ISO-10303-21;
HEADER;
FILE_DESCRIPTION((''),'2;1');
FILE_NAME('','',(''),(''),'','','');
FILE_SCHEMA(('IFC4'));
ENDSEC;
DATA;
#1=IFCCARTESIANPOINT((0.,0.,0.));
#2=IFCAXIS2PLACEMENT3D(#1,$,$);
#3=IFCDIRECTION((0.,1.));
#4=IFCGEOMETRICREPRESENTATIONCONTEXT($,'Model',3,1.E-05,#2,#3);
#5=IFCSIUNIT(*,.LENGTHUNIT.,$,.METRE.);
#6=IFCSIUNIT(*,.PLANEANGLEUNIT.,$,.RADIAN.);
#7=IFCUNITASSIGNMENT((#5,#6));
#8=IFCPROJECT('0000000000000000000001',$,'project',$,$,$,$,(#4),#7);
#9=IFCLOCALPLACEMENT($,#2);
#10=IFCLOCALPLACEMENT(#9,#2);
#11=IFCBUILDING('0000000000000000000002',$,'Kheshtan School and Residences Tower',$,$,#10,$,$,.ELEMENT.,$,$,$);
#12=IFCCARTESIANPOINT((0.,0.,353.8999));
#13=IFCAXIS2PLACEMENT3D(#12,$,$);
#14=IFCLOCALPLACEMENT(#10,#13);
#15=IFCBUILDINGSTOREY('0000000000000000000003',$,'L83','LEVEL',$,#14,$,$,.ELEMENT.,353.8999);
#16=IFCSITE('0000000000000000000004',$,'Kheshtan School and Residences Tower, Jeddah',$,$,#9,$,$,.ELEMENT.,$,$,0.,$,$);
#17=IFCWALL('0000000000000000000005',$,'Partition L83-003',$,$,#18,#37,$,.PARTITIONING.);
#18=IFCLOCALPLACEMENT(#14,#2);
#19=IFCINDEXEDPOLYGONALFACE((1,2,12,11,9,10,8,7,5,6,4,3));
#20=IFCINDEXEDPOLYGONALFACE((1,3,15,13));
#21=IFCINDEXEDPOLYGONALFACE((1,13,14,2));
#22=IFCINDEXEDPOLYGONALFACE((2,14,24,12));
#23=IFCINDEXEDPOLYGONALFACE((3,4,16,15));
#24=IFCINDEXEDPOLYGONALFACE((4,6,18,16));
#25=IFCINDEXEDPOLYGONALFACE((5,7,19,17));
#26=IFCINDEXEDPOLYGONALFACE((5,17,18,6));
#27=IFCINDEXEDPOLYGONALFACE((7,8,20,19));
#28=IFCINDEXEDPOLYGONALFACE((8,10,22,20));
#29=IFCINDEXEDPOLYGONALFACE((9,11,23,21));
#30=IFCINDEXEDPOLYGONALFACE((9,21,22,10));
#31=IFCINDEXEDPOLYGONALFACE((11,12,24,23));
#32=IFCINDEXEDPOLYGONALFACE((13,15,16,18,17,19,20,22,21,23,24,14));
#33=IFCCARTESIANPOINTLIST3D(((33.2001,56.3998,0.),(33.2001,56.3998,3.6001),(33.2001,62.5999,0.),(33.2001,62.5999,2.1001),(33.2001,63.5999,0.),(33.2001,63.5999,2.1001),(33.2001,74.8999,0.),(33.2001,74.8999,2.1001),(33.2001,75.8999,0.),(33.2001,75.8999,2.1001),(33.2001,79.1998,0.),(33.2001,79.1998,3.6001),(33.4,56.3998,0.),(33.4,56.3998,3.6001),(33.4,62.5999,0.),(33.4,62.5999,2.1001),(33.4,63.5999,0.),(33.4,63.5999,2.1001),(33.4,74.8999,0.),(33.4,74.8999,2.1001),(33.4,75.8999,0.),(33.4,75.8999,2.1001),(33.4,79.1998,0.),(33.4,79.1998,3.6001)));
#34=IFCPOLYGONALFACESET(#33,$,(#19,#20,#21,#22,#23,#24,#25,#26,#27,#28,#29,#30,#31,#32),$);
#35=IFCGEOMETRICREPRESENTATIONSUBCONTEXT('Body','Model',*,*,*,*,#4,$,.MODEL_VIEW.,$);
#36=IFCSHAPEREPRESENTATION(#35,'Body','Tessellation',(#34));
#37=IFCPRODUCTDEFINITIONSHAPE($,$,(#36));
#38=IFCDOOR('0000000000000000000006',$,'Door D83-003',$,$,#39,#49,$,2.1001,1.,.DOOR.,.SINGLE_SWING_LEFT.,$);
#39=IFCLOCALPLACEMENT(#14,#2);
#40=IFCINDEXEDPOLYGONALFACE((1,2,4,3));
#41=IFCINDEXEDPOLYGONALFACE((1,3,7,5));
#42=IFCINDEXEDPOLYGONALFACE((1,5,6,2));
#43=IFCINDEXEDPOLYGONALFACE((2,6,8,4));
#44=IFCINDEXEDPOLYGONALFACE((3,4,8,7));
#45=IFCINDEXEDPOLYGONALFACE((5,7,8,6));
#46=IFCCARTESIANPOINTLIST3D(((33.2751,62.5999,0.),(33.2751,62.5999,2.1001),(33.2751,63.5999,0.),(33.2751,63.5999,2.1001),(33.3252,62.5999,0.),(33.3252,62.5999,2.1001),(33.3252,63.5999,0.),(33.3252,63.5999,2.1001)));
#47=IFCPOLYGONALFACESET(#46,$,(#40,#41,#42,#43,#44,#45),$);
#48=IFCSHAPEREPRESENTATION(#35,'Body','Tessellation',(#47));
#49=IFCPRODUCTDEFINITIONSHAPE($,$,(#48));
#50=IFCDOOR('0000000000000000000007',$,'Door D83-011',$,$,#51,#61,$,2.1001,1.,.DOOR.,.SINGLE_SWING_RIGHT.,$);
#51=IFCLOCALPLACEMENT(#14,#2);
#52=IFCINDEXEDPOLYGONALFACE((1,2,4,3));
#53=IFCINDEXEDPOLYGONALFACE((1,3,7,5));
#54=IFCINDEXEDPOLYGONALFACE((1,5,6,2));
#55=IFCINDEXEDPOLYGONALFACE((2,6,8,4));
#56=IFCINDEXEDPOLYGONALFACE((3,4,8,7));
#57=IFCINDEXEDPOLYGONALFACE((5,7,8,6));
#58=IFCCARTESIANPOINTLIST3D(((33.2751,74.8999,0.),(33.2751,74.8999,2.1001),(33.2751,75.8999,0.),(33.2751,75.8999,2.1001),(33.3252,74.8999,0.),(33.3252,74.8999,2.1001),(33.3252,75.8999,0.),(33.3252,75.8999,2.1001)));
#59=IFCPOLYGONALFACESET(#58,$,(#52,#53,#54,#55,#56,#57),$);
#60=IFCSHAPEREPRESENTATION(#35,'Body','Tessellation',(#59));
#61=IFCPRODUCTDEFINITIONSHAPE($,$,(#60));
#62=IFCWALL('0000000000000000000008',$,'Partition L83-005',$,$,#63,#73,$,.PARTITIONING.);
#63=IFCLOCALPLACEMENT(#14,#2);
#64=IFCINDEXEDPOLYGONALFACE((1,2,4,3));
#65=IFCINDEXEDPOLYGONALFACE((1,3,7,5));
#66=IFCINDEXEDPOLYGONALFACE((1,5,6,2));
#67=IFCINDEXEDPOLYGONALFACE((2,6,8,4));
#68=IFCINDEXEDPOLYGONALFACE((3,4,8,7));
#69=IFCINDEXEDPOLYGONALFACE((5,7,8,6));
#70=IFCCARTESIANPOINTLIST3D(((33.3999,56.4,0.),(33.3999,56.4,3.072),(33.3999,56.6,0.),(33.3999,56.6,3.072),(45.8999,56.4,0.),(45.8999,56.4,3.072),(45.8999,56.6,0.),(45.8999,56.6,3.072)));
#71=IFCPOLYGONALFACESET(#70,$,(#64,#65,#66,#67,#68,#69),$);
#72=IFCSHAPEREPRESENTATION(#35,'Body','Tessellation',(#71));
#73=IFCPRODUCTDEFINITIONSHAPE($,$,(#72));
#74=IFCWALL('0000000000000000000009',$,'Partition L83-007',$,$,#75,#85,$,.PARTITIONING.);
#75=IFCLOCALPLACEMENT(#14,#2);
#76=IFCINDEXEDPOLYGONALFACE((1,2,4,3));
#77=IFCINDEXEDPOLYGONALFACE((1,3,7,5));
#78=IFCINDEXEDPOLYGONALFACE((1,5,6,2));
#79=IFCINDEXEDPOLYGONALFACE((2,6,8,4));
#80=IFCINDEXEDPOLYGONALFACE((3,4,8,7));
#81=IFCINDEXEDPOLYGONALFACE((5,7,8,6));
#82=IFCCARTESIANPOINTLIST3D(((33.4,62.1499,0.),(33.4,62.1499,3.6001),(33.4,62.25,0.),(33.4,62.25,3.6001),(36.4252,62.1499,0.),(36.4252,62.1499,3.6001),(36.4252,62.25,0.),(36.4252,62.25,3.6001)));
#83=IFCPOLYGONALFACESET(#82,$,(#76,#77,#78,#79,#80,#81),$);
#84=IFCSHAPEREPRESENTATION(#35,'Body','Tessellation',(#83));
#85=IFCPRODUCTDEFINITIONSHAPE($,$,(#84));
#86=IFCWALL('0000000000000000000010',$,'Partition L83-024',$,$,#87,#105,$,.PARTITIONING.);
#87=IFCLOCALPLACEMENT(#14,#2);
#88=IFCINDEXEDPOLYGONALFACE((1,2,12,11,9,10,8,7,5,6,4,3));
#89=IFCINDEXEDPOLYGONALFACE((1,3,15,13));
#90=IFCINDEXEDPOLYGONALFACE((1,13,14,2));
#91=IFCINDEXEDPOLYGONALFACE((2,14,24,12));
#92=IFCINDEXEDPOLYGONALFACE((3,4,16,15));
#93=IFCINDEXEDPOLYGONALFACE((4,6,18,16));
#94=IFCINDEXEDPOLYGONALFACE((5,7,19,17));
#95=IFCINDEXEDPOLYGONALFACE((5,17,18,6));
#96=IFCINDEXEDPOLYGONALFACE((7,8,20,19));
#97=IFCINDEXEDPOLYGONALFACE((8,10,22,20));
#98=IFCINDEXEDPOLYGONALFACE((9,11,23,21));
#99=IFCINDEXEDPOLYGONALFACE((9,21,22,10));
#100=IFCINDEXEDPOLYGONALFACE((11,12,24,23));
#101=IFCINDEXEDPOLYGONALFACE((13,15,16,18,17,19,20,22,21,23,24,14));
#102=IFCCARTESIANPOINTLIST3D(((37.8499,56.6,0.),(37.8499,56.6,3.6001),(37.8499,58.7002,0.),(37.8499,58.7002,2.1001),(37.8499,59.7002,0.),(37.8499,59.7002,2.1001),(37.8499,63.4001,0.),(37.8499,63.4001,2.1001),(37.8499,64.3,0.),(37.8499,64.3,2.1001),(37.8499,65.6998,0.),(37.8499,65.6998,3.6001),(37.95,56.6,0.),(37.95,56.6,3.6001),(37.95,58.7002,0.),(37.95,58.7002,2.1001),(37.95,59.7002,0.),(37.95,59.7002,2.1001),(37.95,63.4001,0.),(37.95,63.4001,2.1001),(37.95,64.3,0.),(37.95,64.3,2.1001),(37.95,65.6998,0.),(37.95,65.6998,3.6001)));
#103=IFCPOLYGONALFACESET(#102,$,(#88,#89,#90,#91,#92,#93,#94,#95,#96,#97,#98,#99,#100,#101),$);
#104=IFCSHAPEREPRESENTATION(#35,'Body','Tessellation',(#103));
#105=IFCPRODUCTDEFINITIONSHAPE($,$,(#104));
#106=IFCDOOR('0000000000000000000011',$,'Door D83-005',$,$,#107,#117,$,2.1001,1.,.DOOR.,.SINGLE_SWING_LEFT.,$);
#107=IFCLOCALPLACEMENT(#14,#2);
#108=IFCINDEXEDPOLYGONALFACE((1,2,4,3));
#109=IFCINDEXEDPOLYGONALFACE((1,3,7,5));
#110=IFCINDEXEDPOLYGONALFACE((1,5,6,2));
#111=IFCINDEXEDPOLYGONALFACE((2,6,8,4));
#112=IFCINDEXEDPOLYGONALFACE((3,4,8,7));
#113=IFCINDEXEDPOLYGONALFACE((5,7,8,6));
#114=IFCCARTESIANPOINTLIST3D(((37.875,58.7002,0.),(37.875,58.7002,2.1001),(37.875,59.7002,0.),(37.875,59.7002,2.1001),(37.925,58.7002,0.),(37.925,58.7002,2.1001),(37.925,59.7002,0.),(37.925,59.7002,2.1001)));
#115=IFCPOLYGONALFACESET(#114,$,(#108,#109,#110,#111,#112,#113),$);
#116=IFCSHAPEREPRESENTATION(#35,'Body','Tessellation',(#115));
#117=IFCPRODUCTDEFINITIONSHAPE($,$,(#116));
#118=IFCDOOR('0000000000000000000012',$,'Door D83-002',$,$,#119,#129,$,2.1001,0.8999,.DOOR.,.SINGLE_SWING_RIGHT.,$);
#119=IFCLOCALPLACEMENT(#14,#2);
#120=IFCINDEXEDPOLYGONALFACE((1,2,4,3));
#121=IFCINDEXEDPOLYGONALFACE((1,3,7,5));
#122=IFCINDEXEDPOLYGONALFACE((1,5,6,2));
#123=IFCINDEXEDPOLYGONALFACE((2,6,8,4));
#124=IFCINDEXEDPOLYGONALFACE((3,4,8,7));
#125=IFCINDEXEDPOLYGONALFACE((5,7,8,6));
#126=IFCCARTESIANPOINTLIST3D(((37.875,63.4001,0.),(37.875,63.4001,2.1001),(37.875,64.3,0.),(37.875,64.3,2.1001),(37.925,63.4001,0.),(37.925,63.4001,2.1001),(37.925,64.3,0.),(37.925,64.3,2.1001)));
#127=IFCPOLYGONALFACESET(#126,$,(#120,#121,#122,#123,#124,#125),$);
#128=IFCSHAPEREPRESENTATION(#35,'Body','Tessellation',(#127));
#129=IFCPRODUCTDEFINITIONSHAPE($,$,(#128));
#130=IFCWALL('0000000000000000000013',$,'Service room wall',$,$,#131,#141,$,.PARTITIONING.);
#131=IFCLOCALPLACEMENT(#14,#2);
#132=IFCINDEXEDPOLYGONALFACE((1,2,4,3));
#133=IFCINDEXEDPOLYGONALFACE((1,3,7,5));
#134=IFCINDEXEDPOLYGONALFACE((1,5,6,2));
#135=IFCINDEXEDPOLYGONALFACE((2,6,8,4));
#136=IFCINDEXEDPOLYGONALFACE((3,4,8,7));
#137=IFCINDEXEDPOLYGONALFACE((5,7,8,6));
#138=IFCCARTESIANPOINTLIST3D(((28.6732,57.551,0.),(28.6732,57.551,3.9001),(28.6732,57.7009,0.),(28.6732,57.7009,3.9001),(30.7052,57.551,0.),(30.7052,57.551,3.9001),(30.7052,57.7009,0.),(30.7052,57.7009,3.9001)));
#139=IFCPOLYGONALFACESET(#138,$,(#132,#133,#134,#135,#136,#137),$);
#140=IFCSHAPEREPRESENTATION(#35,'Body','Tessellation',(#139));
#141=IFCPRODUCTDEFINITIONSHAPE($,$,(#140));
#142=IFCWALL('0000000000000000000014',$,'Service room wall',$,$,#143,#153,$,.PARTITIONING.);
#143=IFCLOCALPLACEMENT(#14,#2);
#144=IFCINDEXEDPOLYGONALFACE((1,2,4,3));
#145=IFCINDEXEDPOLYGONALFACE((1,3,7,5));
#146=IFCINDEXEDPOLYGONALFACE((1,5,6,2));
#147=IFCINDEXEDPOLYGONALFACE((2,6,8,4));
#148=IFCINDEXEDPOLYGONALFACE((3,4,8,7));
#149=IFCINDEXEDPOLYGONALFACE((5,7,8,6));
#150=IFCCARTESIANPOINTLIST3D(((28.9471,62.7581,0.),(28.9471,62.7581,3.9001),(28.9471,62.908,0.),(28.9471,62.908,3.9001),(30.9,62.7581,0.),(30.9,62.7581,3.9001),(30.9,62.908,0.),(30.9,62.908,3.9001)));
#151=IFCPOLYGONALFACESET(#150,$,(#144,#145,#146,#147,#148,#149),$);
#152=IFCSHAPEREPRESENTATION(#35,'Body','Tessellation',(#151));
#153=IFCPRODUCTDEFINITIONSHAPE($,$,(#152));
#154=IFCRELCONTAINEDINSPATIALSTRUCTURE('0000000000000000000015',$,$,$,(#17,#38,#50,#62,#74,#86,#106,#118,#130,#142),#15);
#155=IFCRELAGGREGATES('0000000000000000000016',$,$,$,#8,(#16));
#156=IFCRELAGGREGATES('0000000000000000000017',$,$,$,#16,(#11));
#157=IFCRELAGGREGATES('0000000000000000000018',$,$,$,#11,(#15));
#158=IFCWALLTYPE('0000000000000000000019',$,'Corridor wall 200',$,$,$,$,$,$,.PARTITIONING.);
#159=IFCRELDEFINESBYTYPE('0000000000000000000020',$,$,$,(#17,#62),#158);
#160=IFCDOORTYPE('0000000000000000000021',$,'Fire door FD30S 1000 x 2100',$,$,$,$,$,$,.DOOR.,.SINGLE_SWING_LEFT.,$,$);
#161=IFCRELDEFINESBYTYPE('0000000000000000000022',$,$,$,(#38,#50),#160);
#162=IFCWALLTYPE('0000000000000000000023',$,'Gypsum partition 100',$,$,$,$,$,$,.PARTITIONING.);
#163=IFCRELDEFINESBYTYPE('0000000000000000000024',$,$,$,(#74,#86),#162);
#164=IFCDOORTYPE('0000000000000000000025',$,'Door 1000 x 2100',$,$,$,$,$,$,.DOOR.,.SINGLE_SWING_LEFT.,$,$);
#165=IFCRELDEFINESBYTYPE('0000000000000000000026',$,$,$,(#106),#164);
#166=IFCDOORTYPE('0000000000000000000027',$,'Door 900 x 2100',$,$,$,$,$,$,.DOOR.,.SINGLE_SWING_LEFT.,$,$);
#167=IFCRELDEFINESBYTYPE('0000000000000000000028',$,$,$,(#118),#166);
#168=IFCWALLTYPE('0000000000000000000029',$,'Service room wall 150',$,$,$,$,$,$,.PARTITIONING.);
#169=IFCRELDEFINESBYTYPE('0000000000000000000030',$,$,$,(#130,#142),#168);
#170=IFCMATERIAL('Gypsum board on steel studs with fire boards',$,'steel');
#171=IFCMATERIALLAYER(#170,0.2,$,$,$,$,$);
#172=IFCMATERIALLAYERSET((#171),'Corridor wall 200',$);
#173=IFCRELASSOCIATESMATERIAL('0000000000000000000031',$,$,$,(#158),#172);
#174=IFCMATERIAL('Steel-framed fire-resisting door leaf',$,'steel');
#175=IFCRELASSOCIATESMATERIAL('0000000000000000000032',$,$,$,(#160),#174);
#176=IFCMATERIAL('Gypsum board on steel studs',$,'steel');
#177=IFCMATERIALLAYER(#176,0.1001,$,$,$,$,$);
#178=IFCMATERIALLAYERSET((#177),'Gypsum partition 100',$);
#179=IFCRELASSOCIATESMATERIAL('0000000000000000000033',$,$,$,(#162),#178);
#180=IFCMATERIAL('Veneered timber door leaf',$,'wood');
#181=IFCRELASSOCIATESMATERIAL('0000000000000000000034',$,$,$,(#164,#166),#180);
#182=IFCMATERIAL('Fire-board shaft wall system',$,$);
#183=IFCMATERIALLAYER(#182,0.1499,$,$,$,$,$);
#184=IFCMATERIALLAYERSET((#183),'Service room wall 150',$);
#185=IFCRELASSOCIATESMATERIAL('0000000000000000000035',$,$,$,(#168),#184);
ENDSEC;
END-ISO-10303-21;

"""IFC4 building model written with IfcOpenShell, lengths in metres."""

from ifc_helpers import new_model, si_unit, direction, frame, frame_2d, origin, place, context, subcontext, project, spatial, rectangle, extrude, source, transform, mapped, material, layer, layer_set, type_object, element, fill, save


model = new_model("IFC4")

# Units and contexts
model_context = context("Model", 3, precision=1e-05, world=origin(), true_north=direction((0.0, 1.0)))
body_context = subcontext(model_context, "Body", "Model", "MODEL_VIEW")
ifc_project = project(units=[si_unit("LENGTHUNIT", "METRE"), si_unit("PLANEANGLEUNIT", "RADIAN")], contexts=[model_context])

# Site, building, storey
site_placement = place(None, origin())
site = spatial("IfcSite", under=ifc_project, at=site_placement, Name="Kheshtan School and Residences Tower, Jeddah", CompositionType="ELEMENT", RefElevation=0.0)
building_placement = place(site_placement, origin())
building = spatial("IfcBuilding", under=site, at=building_placement, Name="Kheshtan School and Residences Tower", CompositionType="ELEMENT")
storey_placement = place(building_placement, frame((0.0, 0.0, 353.8999)))
storey = spatial("IfcBuildingStorey", under=building, at=storey_placement, Name="L83", Description="LEVEL", CompositionType="ELEMENT", Elevation=353.8999)

# Wall, openings, doors
ifc_material_1 = material(Name="Gypsum board on steel studs with fire boards", Category="steel")
ifc_layer_1 = layer(ifc_material_1, 0.2)
ifc_layer_set_1 = layer_set([ifc_layer_1], Name="Corridor wall 200")
wall_type_1 = type_object("IfcWallType", Name="Corridor wall 200", PredefinedType="PARTITIONING", material=ifc_layer_set_1)
wall_1_placement = place(storey_placement, frame((33.3, 56.3999, 0.0), z_axis=(0.0, 0.0, 1.0), x_axis=(0.0, 1.0, 0.0)))
wall_1 = element("IfcWall", 1, at=wall_1_placement, inside=storey, type_object=wall_type_1, Name="Partition L83-003", PredefinedType="PARTITIONING", context=body_context, shape_type="SweptSolid", body=[
    extrude(rectangle(XDim=22.8, YDim=0.2, at=frame_2d((11.3999, 0.0))), origin(), (0.0, 0.0, 1.0), 3.6001),
])
opening_1_placement = place(wall_1_placement, frame((6.2, 0.0, 0.0)))
opening_1 = element("IfcOpeningElement", 2, at=opening_1_placement, cuts=wall_1, PredefinedType="OPENING", context=body_context, shape_type="SweptSolid", body=[
    extrude(rectangle(XDim=1.0, YDim=2.1001, at=frame_2d((0.5, 1.05))), frame((0.0, 0.1099, 0.0), z_axis=(0.0, -1.0, 0.0), x_axis=(1.0, 0.0, 0.0)), (0.0, 0.0, 1.0), 0.22),
])
opening_2_placement = place(wall_1_placement, frame((18.5, 0.0, 0.0)))
opening_2 = element("IfcOpeningElement", 3, at=opening_2_placement, cuts=wall_1, PredefinedType="OPENING", context=body_context, shape_type="SweptSolid", body=[
    extrude(rectangle(XDim=1.0, YDim=2.1001, at=frame_2d((0.5, 1.05))), frame((0.0, 0.1099, 0.0), z_axis=(0.0, -1.0, 0.0), x_axis=(1.0, 0.0, 0.0)), (0.0, 0.0, 1.0), 0.22),
])
ifc_material_2 = material(Name="Steel-framed fire-resisting door leaf", Category="steel")
door_type_1 = type_object("IfcDoorType", Name="Fire door FD30S 1000 x 2100", OperationType="SINGLE_SWING_LEFT", PredefinedType="DOOR", material=ifc_material_2)
shared_shape_1 = source(origin(), body_context, "Body", "SweptSolid", [
    extrude(rectangle(XDim=1.0, YDim=2.1001, at=frame_2d((0.5, 1.05))), frame((0.0, 0.0249, 0.0), z_axis=(0.0, -1.0, 0.0), x_axis=(1.0, 0.0, 0.0)), (0.0, 0.0, 1.0), 0.05),
])
door_1_placement = place(opening_1_placement, origin())
door_1 = element("IfcDoor", 4, at=door_1_placement, inside=storey, type_object=door_type_1, Name="Door D83-003", OperationType="SINGLE_SWING_LEFT", OverallHeight=2.1001, OverallWidth=1.0, PredefinedType="DOOR", context=body_context, shape_type="MappedRepresentation", body=[
    mapped(shared_shape_1, transform((0.0, 0.0, 0.0), x_axis=(1.0, 0.0, 0.0), y_axis=(0.0, 1.0, 0.0), z_axis=(0.0, 0.0, 1.0), scale=1.0)),
])
fill(opening_1, door_1)
door_2_placement = place(opening_2_placement, origin())
door_2 = element("IfcDoor", 5, at=door_2_placement, inside=storey, type_object=door_type_1, Name="Door D83-011", OperationType="SINGLE_SWING_RIGHT", OverallHeight=2.1001, OverallWidth=1.0, PredefinedType="DOOR", context=body_context, shape_type="MappedRepresentation", body=[
    mapped(shared_shape_1, transform((0.0, 0.0, 0.0), x_axis=(1.0, 0.0, 0.0), y_axis=(0.0, 1.0, 0.0), z_axis=(0.0, 0.0, 1.0), scale=1.0)),
])
fill(opening_2, door_2)

# Walls
wall_2_placement = place(storey_placement, frame((33.3999, 56.5, 0.0), z_axis=(0.0, 0.0, 1.0), x_axis=(1.0, 0.0, 0.0)))
element("IfcWall", 6, at=wall_2_placement, inside=storey, type_object=wall_type_1, Name="Partition L83-005", PredefinedType="PARTITIONING", context=body_context, shape_type="SweptSolid", body=[
    extrude(rectangle(XDim=12.5, YDim=0.2, at=frame_2d((6.25, 0.0))), origin(), (0.0, 0.0, 1.0), 3.072),
])
ifc_material_3 = material(Name="Gypsum board on steel studs", Category="steel")
ifc_layer_2 = layer(ifc_material_3, 0.1001)
ifc_layer_set_2 = layer_set([ifc_layer_2], Name="Gypsum partition 100")
wall_type_2 = type_object("IfcWallType", Name="Gypsum partition 100", PredefinedType="PARTITIONING", material=ifc_layer_set_2)
wall_3_placement = place(storey_placement, frame((33.3999, 62.2, 0.0), z_axis=(0.0, 0.0, 1.0), x_axis=(1.0, 0.0, 0.0)))
element("IfcWall", 7, at=wall_3_placement, inside=storey, type_object=wall_type_2, Name="Partition L83-007", PredefinedType="PARTITIONING", context=body_context, shape_type="SweptSolid", body=[
    extrude(rectangle(XDim=3.0251, YDim=0.1001, at=frame_2d((1.5127, 0.0))), origin(), (0.0, 0.0, 1.0), 3.6001),
])

# Wall, openings, doors
wall_4_placement = place(storey_placement, frame((37.8999, 56.6001, 0.0), z_axis=(0.0, 0.0, 1.0), x_axis=(0.0, 1.0, 0.0)))
wall_4 = element("IfcWall", 8, at=wall_4_placement, inside=storey, type_object=wall_type_2, Name="Partition L83-024", PredefinedType="PARTITIONING", context=body_context, shape_type="SweptSolid", body=[
    extrude(rectangle(XDim=9.0999, YDim=0.1001, at=frame_2d((4.5498, 0.0))), origin(), (0.0, 0.0, 1.0), 3.6001),
])
opening_3_placement = place(wall_4_placement, frame((6.8, 0.0, 0.0)))
opening_3 = element("IfcOpeningElement", 9, at=opening_3_placement, cuts=wall_4, PredefinedType="OPENING", context=body_context, shape_type="SweptSolid", body=[
    extrude(rectangle(XDim=0.8999, YDim=2.1001, at=frame_2d((0.45, 1.05))), frame((0.0, 0.0601, 0.0), z_axis=(0.0, -1.0, 0.0), x_axis=(1.0, 0.0, 0.0)), (0.0, 0.0, 1.0), 0.1201),
])
opening_4_placement = place(wall_4_placement, frame((2.1001, 0.0, 0.0)))
opening_4 = element("IfcOpeningElement", 10, at=opening_4_placement, cuts=wall_4, PredefinedType="OPENING", context=body_context, shape_type="SweptSolid", body=[
    extrude(rectangle(XDim=1.0, YDim=2.1001, at=frame_2d((0.5, 1.05))), frame((0.0, 0.0601, 0.0), z_axis=(0.0, -1.0, 0.0), x_axis=(1.0, 0.0, 0.0)), (0.0, 0.0, 1.0), 0.1201),
])
ifc_material_4 = material(Name="Veneered timber door leaf", Category="wood")
door_type_2 = type_object("IfcDoorType", Name="Door 1000 x 2100", OperationType="SINGLE_SWING_LEFT", PredefinedType="DOOR", material=ifc_material_4)
shared_shape_2 = source(origin(), body_context, "Body", "SweptSolid", [
    extrude(rectangle(XDim=1.0, YDim=2.1001, at=frame_2d((0.5, 1.05))), frame((0.0, 0.0249, 0.0), z_axis=(0.0, -1.0, 0.0), x_axis=(1.0, 0.0, 0.0)), (0.0, 0.0, 1.0), 0.05),
])
door_3_placement = place(opening_4_placement, origin())
door_3 = element("IfcDoor", 11, at=door_3_placement, inside=storey, type_object=door_type_2, Name="Door D83-005", OperationType="SINGLE_SWING_LEFT", OverallHeight=2.1001, OverallWidth=1.0, PredefinedType="DOOR", context=body_context, shape_type="MappedRepresentation", body=[
    mapped(shared_shape_2, transform((0.0, 0.0, 0.0), x_axis=(1.0, 0.0, 0.0), y_axis=(0.0, 1.0, 0.0), z_axis=(0.0, 0.0, 1.0), scale=1.0)),
])
fill(opening_4, door_3)
door_type_3 = type_object("IfcDoorType", Name="Door 900 x 2100", OperationType="SINGLE_SWING_LEFT", PredefinedType="DOOR", material=ifc_material_4)
shared_shape_3 = source(origin(), body_context, "Body", "SweptSolid", [
    extrude(rectangle(XDim=0.8999, YDim=2.1001, at=frame_2d((0.45, 1.05))), frame((0.0, 0.0249, 0.0), z_axis=(0.0, -1.0, 0.0), x_axis=(1.0, 0.0, 0.0)), (0.0, 0.0, 1.0), 0.05),
])
door_4_placement = place(opening_3_placement, origin())
door_4 = element("IfcDoor", 12, at=door_4_placement, inside=storey, type_object=door_type_3, Name="Door D83-002", OperationType="SINGLE_SWING_RIGHT", OverallHeight=2.1001, OverallWidth=0.8999, PredefinedType="DOOR", context=body_context, shape_type="MappedRepresentation", body=[
    mapped(shared_shape_3, transform((0.0, 0.0, 0.0), x_axis=(1.0, 0.0, 0.0), y_axis=(0.0, 1.0, 0.0), z_axis=(0.0, 0.0, 1.0), scale=1.0)),
])
fill(opening_3, door_4)

# Walls
ifc_material_5 = material(Name="Fire-board shaft wall system")
ifc_layer_3 = layer(ifc_material_5, 0.1499)
ifc_layer_set_3 = layer_set([ifc_layer_3], Name="Service room wall 150")
wall_type_3 = type_object("IfcWallType", Name="Service room wall 150", PredefinedType="PARTITIONING", material=ifc_layer_set_3)
wall_5_placement = place(storey_placement, frame((28.6731, 57.626, 0.0), z_axis=(0.0, 0.0, 1.0), x_axis=(1.0, 0.0, 0.0)))
element("IfcWall", 13, at=wall_5_placement, inside=storey, type_object=wall_type_3, Name="Service room wall", PredefinedType="PARTITIONING", context=body_context, shape_type="SweptSolid", body=[
    extrude(rectangle(XDim=2.032, YDim=0.1499, at=frame_2d((1.0161, 0.0))), origin(), (0.0, 0.0, 1.0), 3.9001),
])
wall_6_placement = place(storey_placement, frame((28.947, 62.833, 0.0), z_axis=(0.0, 0.0, 1.0), x_axis=(1.0, 0.0, 0.0)))
element("IfcWall", 14, at=wall_6_placement, inside=storey, type_object=wall_type_3, Name="Service room wall", PredefinedType="PARTITIONING", context=body_context, shape_type="SweptSolid", body=[
    extrude(rectangle(XDim=1.9529, YDim=0.1499, at=frame_2d((0.9766, 0.0))), origin(), (0.0, 0.0, 1.0), 3.9001),
])

save(model, "model.ifc")
